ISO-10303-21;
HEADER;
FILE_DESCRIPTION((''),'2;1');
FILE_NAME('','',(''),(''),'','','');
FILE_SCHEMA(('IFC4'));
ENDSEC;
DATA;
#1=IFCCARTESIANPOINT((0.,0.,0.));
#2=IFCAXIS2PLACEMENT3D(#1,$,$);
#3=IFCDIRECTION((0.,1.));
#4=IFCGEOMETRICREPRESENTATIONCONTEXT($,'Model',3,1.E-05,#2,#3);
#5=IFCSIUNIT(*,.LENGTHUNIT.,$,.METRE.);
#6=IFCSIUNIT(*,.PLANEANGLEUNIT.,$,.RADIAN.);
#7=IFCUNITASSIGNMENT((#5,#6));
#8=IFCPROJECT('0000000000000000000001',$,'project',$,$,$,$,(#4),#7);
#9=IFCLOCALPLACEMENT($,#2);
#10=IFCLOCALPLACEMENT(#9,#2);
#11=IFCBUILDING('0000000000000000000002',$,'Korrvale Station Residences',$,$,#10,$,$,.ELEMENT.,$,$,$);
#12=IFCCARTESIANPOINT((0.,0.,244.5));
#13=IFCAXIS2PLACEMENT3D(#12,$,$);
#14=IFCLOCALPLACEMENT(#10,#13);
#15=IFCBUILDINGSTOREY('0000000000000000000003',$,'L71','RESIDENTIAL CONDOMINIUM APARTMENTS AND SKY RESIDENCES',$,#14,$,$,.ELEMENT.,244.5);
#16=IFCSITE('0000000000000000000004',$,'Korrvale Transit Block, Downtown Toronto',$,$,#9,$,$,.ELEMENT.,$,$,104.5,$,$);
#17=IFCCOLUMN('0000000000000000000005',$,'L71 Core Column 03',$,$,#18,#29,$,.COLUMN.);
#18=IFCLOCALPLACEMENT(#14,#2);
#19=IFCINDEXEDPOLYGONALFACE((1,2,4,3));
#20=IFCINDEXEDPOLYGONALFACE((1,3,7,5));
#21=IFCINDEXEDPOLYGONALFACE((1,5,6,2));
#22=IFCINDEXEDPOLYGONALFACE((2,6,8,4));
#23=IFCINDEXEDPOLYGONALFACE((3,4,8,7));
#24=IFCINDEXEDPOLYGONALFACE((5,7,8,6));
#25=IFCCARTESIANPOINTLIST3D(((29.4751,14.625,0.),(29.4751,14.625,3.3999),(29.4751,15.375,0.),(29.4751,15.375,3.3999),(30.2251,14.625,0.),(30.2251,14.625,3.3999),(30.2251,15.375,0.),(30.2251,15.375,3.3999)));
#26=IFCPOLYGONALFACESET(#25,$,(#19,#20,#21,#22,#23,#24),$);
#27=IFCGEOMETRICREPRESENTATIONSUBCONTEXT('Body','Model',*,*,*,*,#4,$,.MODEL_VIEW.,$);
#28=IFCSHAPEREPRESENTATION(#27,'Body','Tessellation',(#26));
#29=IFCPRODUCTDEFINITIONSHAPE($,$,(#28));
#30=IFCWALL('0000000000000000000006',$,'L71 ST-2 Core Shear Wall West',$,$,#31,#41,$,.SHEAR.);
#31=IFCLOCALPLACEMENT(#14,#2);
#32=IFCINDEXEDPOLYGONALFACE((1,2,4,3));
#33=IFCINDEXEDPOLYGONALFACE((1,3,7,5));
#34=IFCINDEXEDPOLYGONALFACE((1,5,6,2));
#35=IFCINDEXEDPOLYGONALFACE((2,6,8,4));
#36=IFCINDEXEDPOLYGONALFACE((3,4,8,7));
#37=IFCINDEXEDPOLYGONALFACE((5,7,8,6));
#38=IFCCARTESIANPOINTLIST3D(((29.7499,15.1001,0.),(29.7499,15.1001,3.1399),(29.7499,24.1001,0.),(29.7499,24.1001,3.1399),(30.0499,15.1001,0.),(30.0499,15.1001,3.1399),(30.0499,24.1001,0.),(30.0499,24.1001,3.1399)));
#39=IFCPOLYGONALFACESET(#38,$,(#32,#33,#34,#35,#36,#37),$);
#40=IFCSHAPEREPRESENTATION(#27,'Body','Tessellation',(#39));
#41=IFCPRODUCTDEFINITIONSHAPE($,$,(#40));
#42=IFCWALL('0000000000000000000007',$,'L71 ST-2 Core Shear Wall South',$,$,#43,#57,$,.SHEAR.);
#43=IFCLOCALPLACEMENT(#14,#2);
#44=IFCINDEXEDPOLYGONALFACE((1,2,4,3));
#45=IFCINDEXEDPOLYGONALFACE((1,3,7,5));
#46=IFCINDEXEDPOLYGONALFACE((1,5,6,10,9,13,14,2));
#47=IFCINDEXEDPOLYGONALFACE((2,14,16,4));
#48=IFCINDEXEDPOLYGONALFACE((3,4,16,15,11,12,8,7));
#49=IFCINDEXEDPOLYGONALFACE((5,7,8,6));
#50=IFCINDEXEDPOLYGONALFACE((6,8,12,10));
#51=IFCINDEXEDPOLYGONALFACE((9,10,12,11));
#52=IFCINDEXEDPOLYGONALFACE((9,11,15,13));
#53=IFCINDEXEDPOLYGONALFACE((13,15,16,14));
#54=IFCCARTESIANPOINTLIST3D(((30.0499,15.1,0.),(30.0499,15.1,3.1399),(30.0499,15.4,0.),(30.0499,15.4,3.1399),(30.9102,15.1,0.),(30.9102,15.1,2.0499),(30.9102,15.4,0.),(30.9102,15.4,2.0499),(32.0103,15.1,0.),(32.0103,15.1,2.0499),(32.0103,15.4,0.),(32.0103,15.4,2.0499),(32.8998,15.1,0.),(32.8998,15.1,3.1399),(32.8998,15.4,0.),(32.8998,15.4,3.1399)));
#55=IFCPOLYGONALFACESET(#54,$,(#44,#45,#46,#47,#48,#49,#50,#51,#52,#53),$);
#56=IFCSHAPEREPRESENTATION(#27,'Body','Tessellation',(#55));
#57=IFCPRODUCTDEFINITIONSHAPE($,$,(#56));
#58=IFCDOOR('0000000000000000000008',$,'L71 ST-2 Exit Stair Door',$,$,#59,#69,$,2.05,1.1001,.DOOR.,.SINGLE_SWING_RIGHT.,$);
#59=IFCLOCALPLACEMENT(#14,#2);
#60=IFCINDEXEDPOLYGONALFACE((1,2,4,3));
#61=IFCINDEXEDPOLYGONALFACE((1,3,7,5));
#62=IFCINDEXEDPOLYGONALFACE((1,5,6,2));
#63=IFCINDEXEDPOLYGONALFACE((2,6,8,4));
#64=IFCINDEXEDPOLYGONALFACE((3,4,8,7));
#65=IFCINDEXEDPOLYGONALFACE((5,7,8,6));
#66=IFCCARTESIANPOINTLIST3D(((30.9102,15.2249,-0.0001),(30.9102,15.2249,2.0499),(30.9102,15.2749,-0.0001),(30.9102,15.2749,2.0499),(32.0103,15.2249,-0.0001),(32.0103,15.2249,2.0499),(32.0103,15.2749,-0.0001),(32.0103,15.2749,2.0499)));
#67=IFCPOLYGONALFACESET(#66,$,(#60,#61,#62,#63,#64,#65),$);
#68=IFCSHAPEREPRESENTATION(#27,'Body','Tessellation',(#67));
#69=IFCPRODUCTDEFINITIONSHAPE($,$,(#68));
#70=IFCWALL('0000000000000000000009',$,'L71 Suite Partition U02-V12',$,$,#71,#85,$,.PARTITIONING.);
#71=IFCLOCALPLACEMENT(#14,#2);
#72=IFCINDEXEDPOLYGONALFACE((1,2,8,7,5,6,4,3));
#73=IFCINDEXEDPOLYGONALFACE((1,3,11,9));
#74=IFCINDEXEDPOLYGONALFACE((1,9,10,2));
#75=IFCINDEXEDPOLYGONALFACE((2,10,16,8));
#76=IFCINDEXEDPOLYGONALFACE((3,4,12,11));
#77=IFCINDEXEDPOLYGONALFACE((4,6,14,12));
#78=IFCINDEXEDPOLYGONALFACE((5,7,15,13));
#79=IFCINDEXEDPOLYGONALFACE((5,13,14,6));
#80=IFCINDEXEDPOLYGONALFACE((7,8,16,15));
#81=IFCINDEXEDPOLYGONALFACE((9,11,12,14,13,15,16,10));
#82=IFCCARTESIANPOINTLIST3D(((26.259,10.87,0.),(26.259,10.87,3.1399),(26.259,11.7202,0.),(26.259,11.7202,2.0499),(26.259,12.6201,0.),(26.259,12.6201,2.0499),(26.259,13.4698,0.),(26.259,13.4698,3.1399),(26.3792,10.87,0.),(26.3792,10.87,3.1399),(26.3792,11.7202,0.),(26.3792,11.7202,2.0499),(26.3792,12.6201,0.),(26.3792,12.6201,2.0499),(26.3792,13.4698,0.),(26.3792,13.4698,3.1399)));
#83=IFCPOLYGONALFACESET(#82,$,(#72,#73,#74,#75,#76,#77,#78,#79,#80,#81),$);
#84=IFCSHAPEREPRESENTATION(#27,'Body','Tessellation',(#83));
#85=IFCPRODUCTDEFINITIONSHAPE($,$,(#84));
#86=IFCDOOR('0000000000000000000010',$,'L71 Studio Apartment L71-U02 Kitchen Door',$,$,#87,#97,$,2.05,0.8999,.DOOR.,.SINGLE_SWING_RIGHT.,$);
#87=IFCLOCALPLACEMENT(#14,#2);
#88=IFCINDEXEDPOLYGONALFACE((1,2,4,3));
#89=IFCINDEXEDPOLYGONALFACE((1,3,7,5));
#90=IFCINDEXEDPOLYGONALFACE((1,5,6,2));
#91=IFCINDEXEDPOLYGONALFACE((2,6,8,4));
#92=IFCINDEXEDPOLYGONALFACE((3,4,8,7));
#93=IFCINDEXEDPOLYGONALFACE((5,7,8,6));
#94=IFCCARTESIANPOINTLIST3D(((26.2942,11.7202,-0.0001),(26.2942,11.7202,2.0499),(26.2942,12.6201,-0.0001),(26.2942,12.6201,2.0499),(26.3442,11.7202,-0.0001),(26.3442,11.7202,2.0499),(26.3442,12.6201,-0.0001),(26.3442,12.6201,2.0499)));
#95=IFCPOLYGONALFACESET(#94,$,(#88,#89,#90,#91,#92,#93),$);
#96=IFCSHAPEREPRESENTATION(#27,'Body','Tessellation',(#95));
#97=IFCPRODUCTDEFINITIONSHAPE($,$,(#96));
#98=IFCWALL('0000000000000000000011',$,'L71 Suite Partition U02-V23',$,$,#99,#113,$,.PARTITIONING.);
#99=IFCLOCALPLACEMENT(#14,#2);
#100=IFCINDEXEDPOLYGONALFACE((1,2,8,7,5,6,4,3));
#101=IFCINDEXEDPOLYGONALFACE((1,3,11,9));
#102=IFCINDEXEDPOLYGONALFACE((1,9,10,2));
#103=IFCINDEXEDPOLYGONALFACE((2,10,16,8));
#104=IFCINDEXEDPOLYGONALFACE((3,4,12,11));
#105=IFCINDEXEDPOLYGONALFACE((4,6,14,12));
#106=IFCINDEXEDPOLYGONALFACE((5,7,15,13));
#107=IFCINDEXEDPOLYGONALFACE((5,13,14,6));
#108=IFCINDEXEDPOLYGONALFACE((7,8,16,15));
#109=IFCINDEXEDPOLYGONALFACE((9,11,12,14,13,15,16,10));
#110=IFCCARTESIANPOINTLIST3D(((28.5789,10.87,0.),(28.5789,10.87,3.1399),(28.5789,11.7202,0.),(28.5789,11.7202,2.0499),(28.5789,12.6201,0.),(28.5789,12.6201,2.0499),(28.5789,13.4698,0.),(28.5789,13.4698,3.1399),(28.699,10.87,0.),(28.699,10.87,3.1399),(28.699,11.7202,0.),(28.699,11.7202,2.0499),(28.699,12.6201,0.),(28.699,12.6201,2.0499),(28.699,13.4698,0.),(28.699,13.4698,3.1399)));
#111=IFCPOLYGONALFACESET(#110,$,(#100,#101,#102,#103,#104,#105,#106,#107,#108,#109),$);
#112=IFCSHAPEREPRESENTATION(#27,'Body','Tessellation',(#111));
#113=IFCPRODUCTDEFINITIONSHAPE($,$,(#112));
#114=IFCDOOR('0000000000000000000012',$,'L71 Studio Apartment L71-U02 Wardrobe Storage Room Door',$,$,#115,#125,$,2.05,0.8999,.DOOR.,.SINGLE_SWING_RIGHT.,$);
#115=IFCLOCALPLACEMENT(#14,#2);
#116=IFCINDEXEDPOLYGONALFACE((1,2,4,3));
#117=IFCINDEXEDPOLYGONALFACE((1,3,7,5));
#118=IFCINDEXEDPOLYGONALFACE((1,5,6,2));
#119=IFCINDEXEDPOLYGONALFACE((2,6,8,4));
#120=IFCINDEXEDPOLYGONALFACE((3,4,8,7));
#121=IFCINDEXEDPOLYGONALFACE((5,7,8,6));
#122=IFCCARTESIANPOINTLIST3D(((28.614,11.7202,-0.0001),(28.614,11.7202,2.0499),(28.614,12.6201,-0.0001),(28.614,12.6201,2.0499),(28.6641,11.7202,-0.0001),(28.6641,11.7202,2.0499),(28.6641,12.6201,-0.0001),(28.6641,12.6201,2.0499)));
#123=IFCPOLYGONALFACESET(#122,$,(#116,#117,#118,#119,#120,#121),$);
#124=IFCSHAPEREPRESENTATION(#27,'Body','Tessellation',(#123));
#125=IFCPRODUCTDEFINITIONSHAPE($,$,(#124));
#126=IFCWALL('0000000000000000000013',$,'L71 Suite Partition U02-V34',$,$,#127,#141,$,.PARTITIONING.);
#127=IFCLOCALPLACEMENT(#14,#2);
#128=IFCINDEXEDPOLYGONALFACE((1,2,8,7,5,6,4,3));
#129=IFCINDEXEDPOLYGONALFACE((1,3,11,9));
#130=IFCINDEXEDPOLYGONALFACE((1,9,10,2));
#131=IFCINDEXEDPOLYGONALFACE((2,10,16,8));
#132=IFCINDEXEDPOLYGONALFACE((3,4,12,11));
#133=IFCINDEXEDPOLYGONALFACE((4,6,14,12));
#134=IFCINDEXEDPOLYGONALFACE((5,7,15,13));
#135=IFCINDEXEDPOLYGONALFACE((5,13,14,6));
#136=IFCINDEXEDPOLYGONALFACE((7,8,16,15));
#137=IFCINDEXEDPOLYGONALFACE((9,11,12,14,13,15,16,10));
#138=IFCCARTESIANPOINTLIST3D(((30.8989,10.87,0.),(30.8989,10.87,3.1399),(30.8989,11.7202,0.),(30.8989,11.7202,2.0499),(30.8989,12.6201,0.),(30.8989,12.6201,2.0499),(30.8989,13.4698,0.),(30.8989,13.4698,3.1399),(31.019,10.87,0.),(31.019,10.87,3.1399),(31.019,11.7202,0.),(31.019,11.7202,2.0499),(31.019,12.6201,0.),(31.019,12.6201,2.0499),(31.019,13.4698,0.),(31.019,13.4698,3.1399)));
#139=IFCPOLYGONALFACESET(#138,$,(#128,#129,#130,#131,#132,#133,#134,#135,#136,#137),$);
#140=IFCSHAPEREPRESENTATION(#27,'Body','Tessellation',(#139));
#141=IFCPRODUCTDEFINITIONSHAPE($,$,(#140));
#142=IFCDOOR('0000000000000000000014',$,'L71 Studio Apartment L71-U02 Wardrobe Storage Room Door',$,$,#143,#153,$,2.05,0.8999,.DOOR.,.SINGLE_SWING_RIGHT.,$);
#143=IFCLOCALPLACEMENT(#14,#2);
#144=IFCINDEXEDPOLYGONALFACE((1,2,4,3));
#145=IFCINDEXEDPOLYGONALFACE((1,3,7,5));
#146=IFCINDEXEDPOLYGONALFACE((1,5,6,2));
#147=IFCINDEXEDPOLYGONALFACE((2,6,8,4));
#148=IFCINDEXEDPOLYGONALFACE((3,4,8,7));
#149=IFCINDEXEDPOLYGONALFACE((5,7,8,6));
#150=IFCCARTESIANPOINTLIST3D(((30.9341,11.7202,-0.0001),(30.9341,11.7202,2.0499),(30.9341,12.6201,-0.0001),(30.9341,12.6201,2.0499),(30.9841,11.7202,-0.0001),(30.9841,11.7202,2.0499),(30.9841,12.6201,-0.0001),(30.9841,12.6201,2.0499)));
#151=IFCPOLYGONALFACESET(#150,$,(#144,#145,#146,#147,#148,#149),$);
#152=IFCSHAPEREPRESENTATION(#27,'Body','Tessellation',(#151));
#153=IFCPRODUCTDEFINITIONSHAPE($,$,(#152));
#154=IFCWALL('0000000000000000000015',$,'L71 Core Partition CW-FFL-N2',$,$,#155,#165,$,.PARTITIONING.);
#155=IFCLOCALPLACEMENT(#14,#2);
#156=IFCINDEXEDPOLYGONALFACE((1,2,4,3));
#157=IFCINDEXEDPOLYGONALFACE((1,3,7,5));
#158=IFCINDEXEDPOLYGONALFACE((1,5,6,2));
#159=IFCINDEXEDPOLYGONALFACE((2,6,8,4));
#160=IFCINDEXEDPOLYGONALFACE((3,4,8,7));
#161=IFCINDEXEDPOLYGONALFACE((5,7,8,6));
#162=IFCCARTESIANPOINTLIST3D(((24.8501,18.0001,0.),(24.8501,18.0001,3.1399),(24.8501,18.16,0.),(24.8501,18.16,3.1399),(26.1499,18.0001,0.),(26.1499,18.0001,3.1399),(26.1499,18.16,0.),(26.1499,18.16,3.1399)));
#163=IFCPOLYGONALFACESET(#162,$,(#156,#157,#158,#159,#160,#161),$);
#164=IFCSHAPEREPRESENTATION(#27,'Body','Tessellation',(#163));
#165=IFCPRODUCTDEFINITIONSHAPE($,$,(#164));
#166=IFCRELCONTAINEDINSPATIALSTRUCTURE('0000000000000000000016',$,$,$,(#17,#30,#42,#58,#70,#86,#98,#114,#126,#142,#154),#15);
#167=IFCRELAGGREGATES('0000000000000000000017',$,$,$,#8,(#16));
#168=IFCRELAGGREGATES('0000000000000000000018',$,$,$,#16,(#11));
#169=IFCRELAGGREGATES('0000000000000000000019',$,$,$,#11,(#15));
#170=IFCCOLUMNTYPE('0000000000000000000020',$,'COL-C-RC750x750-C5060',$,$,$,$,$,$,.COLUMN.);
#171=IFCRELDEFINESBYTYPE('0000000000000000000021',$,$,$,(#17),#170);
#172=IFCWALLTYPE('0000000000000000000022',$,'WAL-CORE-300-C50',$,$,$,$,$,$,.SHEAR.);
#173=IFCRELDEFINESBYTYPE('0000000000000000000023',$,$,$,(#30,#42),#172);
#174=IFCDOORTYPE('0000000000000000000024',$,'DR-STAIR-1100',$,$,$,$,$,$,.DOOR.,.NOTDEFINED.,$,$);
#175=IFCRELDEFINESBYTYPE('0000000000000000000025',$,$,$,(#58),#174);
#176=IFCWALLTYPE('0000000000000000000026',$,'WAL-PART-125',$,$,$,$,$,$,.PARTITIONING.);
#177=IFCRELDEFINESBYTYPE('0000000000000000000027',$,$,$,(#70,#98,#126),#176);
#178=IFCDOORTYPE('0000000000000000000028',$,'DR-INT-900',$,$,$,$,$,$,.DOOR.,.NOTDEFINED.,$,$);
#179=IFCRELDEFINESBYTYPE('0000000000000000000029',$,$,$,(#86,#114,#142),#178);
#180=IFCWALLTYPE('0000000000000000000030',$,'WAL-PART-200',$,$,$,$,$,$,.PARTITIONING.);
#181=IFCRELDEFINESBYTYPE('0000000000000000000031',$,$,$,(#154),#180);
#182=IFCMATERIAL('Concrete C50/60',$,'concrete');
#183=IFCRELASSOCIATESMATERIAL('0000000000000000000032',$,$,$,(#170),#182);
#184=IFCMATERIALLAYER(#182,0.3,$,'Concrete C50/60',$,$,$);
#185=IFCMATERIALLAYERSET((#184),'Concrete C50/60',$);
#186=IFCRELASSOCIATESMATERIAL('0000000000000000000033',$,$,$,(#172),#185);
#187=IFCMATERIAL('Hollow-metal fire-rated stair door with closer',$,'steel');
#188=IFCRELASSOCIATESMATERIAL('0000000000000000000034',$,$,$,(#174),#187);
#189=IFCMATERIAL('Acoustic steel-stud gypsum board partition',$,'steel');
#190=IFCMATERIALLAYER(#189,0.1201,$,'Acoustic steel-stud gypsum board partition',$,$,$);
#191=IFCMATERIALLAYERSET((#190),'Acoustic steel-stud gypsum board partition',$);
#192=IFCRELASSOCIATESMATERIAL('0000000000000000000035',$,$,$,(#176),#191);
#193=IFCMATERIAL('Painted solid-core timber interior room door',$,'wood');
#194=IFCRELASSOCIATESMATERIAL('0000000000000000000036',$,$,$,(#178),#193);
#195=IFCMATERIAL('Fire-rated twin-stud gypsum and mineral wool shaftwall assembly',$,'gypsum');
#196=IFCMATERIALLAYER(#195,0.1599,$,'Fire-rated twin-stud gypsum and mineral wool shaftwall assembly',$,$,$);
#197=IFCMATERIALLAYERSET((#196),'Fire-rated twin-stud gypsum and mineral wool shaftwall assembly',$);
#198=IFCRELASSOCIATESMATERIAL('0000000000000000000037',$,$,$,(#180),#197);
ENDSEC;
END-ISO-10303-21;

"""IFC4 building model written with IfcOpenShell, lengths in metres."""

from ifc_helpers import new_model, si_unit, direction, frame, frame_2d, origin, origin_2d, place, context, subcontext, project, spatial, rectangle, extrude, material, layer, layer_set, material_profile, profile_set, type_object, element, fill, save


model = new_model("IFC4")

# Units and contexts
model_context = context("Model", 3, precision=1e-05, world=origin(), true_north=direction((0.0, 1.0)))
body_context = subcontext(model_context, "Body", "Model", "MODEL_VIEW")
ifc_project = project(units=[si_unit("LENGTHUNIT", "METRE"), si_unit("PLANEANGLEUNIT", "RADIAN")], contexts=[model_context])

# Site, building, storey
site_placement = place(None, origin())
site = spatial("IfcSite", under=ifc_project, at=site_placement, Name="Korrvale Transit Block, Downtown Toronto", CompositionType="ELEMENT", RefElevation=104.5)
building_placement = place(site_placement, origin())
building = spatial("IfcBuilding", under=site, at=building_placement, Name="Korrvale Station Residences", CompositionType="ELEMENT")
storey_placement = place(building_placement, frame((0.0, 0.0, 244.5)))
storey = spatial("IfcBuildingStorey", under=building, at=storey_placement, Name="L71", Description="RESIDENTIAL CONDOMINIUM APARTMENTS AND SKY RESIDENCES", CompositionType="ELEMENT", Elevation=244.5)

# Column
ifc_material_1 = material(Name="Concrete C50/60", Category="concrete")
ifc_material_profile = material_profile(ifc_material_1, rectangle(XDim=0.75, YDim=0.75, at=origin_2d()), Name="RC750x750")
ifc_profile_set = profile_set([ifc_material_profile], Name="Concrete C50/60")
column_type = type_object("IfcColumnType", Name="COL-C-RC750x750-C5060", PredefinedType="COLUMN", material=ifc_profile_set)
column_placement = place(storey_placement, frame((29.8501, 15.0, 0.0), z_axis=(0.0, 0.0, 1.0), x_axis=(1.0, 0.0, 0.0)))
element("IfcColumn", 1, at=column_placement, inside=storey, type_object=column_type, Name="L71 Core Column 03", PredefinedType="COLUMN", context=body_context, shape_type="SweptSolid", body=[
    extrude(rectangle(XDim=0.75, YDim=0.75, at=origin_2d()), origin(), (0.0, 0.0, 1.0), 3.3999),
])

# Wall
ifc_layer_1 = layer(ifc_material_1, 0.3, Name="Concrete C50/60")
ifc_layer_set_1 = layer_set([ifc_layer_1], Name="Concrete C50/60")
wall_type_1 = type_object("IfcWallType", Name="WAL-CORE-300-C50", PredefinedType="SHEAR", material=ifc_layer_set_1)
wall_1_placement = place(storey_placement, frame((29.8999, 15.1001, 0.0), z_axis=(0.0, 0.0, 1.0), x_axis=(0.0, 1.0, 0.0)))
element("IfcWall", 2, at=wall_1_placement, inside=storey, type_object=wall_type_1, Name="L71 ST-2 Core Shear Wall West", PredefinedType="SHEAR", context=body_context, shape_type="SweptSolid", body=[
    extrude(rectangle(XDim=9.0, YDim=0.3, at=frame_2d((4.5, 0.0))), origin(), (0.0, 0.0, 1.0), 3.1399),
])

# Walls, openings, doors
wall_2_placement = place(storey_placement, frame((30.05, 15.25, 0.0), z_axis=(0.0, 0.0, 1.0), x_axis=(1.0, 0.0, 0.0)))
wall_2 = element("IfcWall", 3, at=wall_2_placement, inside=storey, type_object=wall_type_1, Name="L71 ST-2 Core Shear Wall South", PredefinedType="SHEAR", context=body_context, shape_type="SweptSolid", body=[
    extrude(rectangle(XDim=2.8499, YDim=0.3, at=frame_2d((1.4248, 0.0))), origin(), (0.0, 0.0, 1.0), 3.1399),
])
opening_1_placement = place(wall_2_placement, frame((0.8601, 0.0, 0.0)))
opening_1 = element("IfcOpeningElement", 4, at=opening_1_placement, cuts=wall_2, PredefinedType="OPENING", context=body_context, shape_type="SweptSolid", body=[
    extrude(rectangle(XDim=1.1001, YDim=2.05, at=frame_2d((0.55, 1.0249))), frame((0.0, 0.1602, 0.0), z_axis=(0.0, -1.0, 0.0), x_axis=(1.0, 0.0, 0.0)), (0.0, 0.0, 1.0), 0.3201),
])
ifc_material_2 = material(Name="Hollow-metal fire-rated stair door with closer", Category="steel")
door_type_1 = type_object("IfcDoorType", Name="DR-STAIR-1100", OperationType="NOTDEFINED", PredefinedType="DOOR", material=ifc_material_2)
door_1_placement = place(opening_1_placement, origin())
door_1 = element("IfcDoor", 5, at=door_1_placement, inside=storey, type_object=door_type_1, Name="L71 ST-2 Exit Stair Door", OperationType="SINGLE_SWING_RIGHT", OverallHeight=2.05, OverallWidth=1.1001, PredefinedType="DOOR", context=body_context, shape_type="SweptSolid", body=[
    extrude(rectangle(XDim=1.1001, YDim=2.05, at=frame_2d((0.55, 1.0249))), frame((0.0, 0.0249, 0.0), z_axis=(0.0, -1.0, 0.0), x_axis=(1.0, 0.0, 0.0)), (0.0, 0.0, 1.0), 0.05),
])
fill(opening_1, door_1)
ifc_material_3 = material(Name="Acoustic steel-stud gypsum board partition", Category="steel")
ifc_layer_2 = layer(ifc_material_3, 0.1201, Name="Acoustic steel-stud gypsum board partition")
ifc_layer_set_2 = layer_set([ifc_layer_2], Name="Acoustic steel-stud gypsum board partition")
wall_type_2 = type_object("IfcWallType", Name="WAL-PART-125", PredefinedType="PARTITIONING", material=ifc_layer_set_2)
wall_3_placement = place(storey_placement, frame((26.3191, 10.8701, 0.0), z_axis=(0.0, 0.0, 1.0), x_axis=(0.0, 1.0, 0.0)))
wall_3 = element("IfcWall", 6, at=wall_3_placement, inside=storey, type_object=wall_type_2, Name="L71 Suite Partition U02-V12", PredefinedType="PARTITIONING", context=body_context, shape_type="SweptSolid", body=[
    extrude(rectangle(XDim=2.5999, YDim=0.1201, at=frame_2d((1.2998, 0.0))), origin(), (0.0, 0.0, 1.0), 3.1399),
])
opening_2_placement = place(wall_3_placement, frame((0.8501, 0.0, 0.0)))
opening_2 = element("IfcOpeningElement", 7, at=opening_2_placement, cuts=wall_3, PredefinedType="OPENING", context=body_context, shape_type="SweptSolid", body=[
    extrude(rectangle(XDim=0.8999, YDim=2.05, at=frame_2d((0.45, 1.0249))), frame((0.0, 0.0701, 0.0), z_axis=(0.0, -1.0, 0.0), x_axis=(1.0, 0.0, 0.0)), (0.0, 0.0, 1.0), 0.1401),
])
ifc_material_4 = material(Name="Painted solid-core timber interior room door", Category="wood")
door_type_2 = type_object("IfcDoorType", Name="DR-INT-900", OperationType="NOTDEFINED", PredefinedType="DOOR", material=ifc_material_4)
door_2_placement = place(opening_2_placement, origin())
door_2 = element("IfcDoor", 8, at=door_2_placement, inside=storey, type_object=door_type_2, Name="L71 Studio Apartment L71-U02 Kitchen Door", OperationType="SINGLE_SWING_RIGHT", OverallHeight=2.05, OverallWidth=0.8999, PredefinedType="DOOR", context=body_context, shape_type="SweptSolid", body=[
    extrude(rectangle(XDim=0.8999, YDim=2.05, at=frame_2d((0.45, 1.0249))), frame((0.0, 0.0249, 0.0), z_axis=(0.0, -1.0, 0.0), x_axis=(1.0, 0.0, 0.0)), (0.0, 0.0, 1.0), 0.05),
])
fill(opening_2, door_2)
wall_4_placement = place(storey_placement, frame((28.6389, 10.8701, 0.0), z_axis=(0.0, 0.0, 1.0), x_axis=(0.0, 1.0, 0.0)))
wall_4 = element("IfcWall", 9, at=wall_4_placement, inside=storey, type_object=wall_type_2, Name="L71 Suite Partition U02-V23", PredefinedType="PARTITIONING", context=body_context, shape_type="SweptSolid", body=[
    extrude(rectangle(XDim=2.5999, YDim=0.1201, at=frame_2d((1.2998, 0.0))), origin(), (0.0, 0.0, 1.0), 3.1399),
])
opening_3_placement = place(wall_4_placement, frame((0.8501, 0.0, 0.0)))
opening_3 = element("IfcOpeningElement", 10, at=opening_3_placement, cuts=wall_4, PredefinedType="OPENING", context=body_context, shape_type="SweptSolid", body=[
    extrude(rectangle(XDim=0.8999, YDim=2.05, at=frame_2d((0.45, 1.0249))), frame((0.0, 0.0701, 0.0), z_axis=(0.0, -1.0, 0.0), x_axis=(1.0, 0.0, 0.0)), (0.0, 0.0, 1.0), 0.1401),
])
door_3_placement = place(opening_3_placement, origin())
door_3 = element("IfcDoor", 11, at=door_3_placement, inside=storey, type_object=door_type_2, Name="L71 Studio Apartment L71-U02 Wardrobe Storage Room Door", OperationType="SINGLE_SWING_RIGHT", OverallHeight=2.05, OverallWidth=0.8999, PredefinedType="DOOR", context=body_context, shape_type="SweptSolid", body=[
    extrude(rectangle(XDim=0.8999, YDim=2.05, at=frame_2d((0.45, 1.0249))), frame((0.0, 0.0249, 0.0), z_axis=(0.0, -1.0, 0.0), x_axis=(1.0, 0.0, 0.0)), (0.0, 0.0, 1.0), 0.05),
])
fill(opening_3, door_3)
wall_5_placement = place(storey_placement, frame((30.959, 10.8701, 0.0), z_axis=(0.0, 0.0, 1.0), x_axis=(0.0, 1.0, 0.0)))
wall_5 = element("IfcWall", 12, at=wall_5_placement, inside=storey, type_object=wall_type_2, Name="L71 Suite Partition U02-V34", PredefinedType="PARTITIONING", context=body_context, shape_type="SweptSolid", body=[
    extrude(rectangle(XDim=2.5999, YDim=0.1201, at=frame_2d((1.2998, 0.0))), origin(), (0.0, 0.0, 1.0), 3.1399),
])
opening_4_placement = place(wall_5_placement, frame((0.8501, 0.0, 0.0)))
opening_4 = element("IfcOpeningElement", 13, at=opening_4_placement, cuts=wall_5, PredefinedType="OPENING", context=body_context, shape_type="SweptSolid", body=[
    extrude(rectangle(XDim=0.8999, YDim=2.05, at=frame_2d((0.45, 1.0249))), frame((0.0, 0.0701, 0.0), z_axis=(0.0, -1.0, 0.0), x_axis=(1.0, 0.0, 0.0)), (0.0, 0.0, 1.0), 0.1401),
])
door_4_placement = place(opening_4_placement, origin())
door_4 = element("IfcDoor", 14, at=door_4_placement, inside=storey, type_object=door_type_2, Name="L71 Studio Apartment L71-U02 Wardrobe Storage Room Door", OperationType="SINGLE_SWING_RIGHT", OverallHeight=2.05, OverallWidth=0.8999, PredefinedType="DOOR", context=body_context, shape_type="SweptSolid", body=[
    extrude(rectangle(XDim=0.8999, YDim=2.05, at=frame_2d((0.45, 1.0249))), frame((0.0, 0.0249, 0.0), z_axis=(0.0, -1.0, 0.0), x_axis=(1.0, 0.0, 0.0)), (0.0, 0.0, 1.0), 0.05),
])
fill(opening_4, door_4)

# Wall
ifc_material_5 = material(Name="Fire-rated twin-stud gypsum and mineral wool shaftwall assembly", Category="gypsum")
ifc_layer_3 = layer(ifc_material_5, 0.1599, Name="Fire-rated twin-stud gypsum and mineral wool shaftwall assembly")
ifc_layer_set_3 = layer_set([ifc_layer_3], Name="Fire-rated twin-stud gypsum and mineral wool shaftwall assembly")
wall_type_3 = type_object("IfcWallType", Name="WAL-PART-200", PredefinedType="PARTITIONING", material=ifc_layer_set_3)
wall_6_placement = place(storey_placement, frame((24.8501, 18.0801, 0.0), z_axis=(0.0, 0.0, 1.0), x_axis=(1.0, 0.0, 0.0)))
element("IfcWall", 15, at=wall_6_placement, inside=storey, type_object=wall_type_3, Name="L71 Core Partition CW-FFL-N2", PredefinedType="PARTITIONING", context=body_context, shape_type="SweptSolid", body=[
    extrude(rectangle(XDim=1.2998, YDim=0.1599, at=frame_2d((0.6499, 0.0))), origin(), (0.0, 0.0, 1.0), 3.1399),
])

save(model, "model.ifc")
